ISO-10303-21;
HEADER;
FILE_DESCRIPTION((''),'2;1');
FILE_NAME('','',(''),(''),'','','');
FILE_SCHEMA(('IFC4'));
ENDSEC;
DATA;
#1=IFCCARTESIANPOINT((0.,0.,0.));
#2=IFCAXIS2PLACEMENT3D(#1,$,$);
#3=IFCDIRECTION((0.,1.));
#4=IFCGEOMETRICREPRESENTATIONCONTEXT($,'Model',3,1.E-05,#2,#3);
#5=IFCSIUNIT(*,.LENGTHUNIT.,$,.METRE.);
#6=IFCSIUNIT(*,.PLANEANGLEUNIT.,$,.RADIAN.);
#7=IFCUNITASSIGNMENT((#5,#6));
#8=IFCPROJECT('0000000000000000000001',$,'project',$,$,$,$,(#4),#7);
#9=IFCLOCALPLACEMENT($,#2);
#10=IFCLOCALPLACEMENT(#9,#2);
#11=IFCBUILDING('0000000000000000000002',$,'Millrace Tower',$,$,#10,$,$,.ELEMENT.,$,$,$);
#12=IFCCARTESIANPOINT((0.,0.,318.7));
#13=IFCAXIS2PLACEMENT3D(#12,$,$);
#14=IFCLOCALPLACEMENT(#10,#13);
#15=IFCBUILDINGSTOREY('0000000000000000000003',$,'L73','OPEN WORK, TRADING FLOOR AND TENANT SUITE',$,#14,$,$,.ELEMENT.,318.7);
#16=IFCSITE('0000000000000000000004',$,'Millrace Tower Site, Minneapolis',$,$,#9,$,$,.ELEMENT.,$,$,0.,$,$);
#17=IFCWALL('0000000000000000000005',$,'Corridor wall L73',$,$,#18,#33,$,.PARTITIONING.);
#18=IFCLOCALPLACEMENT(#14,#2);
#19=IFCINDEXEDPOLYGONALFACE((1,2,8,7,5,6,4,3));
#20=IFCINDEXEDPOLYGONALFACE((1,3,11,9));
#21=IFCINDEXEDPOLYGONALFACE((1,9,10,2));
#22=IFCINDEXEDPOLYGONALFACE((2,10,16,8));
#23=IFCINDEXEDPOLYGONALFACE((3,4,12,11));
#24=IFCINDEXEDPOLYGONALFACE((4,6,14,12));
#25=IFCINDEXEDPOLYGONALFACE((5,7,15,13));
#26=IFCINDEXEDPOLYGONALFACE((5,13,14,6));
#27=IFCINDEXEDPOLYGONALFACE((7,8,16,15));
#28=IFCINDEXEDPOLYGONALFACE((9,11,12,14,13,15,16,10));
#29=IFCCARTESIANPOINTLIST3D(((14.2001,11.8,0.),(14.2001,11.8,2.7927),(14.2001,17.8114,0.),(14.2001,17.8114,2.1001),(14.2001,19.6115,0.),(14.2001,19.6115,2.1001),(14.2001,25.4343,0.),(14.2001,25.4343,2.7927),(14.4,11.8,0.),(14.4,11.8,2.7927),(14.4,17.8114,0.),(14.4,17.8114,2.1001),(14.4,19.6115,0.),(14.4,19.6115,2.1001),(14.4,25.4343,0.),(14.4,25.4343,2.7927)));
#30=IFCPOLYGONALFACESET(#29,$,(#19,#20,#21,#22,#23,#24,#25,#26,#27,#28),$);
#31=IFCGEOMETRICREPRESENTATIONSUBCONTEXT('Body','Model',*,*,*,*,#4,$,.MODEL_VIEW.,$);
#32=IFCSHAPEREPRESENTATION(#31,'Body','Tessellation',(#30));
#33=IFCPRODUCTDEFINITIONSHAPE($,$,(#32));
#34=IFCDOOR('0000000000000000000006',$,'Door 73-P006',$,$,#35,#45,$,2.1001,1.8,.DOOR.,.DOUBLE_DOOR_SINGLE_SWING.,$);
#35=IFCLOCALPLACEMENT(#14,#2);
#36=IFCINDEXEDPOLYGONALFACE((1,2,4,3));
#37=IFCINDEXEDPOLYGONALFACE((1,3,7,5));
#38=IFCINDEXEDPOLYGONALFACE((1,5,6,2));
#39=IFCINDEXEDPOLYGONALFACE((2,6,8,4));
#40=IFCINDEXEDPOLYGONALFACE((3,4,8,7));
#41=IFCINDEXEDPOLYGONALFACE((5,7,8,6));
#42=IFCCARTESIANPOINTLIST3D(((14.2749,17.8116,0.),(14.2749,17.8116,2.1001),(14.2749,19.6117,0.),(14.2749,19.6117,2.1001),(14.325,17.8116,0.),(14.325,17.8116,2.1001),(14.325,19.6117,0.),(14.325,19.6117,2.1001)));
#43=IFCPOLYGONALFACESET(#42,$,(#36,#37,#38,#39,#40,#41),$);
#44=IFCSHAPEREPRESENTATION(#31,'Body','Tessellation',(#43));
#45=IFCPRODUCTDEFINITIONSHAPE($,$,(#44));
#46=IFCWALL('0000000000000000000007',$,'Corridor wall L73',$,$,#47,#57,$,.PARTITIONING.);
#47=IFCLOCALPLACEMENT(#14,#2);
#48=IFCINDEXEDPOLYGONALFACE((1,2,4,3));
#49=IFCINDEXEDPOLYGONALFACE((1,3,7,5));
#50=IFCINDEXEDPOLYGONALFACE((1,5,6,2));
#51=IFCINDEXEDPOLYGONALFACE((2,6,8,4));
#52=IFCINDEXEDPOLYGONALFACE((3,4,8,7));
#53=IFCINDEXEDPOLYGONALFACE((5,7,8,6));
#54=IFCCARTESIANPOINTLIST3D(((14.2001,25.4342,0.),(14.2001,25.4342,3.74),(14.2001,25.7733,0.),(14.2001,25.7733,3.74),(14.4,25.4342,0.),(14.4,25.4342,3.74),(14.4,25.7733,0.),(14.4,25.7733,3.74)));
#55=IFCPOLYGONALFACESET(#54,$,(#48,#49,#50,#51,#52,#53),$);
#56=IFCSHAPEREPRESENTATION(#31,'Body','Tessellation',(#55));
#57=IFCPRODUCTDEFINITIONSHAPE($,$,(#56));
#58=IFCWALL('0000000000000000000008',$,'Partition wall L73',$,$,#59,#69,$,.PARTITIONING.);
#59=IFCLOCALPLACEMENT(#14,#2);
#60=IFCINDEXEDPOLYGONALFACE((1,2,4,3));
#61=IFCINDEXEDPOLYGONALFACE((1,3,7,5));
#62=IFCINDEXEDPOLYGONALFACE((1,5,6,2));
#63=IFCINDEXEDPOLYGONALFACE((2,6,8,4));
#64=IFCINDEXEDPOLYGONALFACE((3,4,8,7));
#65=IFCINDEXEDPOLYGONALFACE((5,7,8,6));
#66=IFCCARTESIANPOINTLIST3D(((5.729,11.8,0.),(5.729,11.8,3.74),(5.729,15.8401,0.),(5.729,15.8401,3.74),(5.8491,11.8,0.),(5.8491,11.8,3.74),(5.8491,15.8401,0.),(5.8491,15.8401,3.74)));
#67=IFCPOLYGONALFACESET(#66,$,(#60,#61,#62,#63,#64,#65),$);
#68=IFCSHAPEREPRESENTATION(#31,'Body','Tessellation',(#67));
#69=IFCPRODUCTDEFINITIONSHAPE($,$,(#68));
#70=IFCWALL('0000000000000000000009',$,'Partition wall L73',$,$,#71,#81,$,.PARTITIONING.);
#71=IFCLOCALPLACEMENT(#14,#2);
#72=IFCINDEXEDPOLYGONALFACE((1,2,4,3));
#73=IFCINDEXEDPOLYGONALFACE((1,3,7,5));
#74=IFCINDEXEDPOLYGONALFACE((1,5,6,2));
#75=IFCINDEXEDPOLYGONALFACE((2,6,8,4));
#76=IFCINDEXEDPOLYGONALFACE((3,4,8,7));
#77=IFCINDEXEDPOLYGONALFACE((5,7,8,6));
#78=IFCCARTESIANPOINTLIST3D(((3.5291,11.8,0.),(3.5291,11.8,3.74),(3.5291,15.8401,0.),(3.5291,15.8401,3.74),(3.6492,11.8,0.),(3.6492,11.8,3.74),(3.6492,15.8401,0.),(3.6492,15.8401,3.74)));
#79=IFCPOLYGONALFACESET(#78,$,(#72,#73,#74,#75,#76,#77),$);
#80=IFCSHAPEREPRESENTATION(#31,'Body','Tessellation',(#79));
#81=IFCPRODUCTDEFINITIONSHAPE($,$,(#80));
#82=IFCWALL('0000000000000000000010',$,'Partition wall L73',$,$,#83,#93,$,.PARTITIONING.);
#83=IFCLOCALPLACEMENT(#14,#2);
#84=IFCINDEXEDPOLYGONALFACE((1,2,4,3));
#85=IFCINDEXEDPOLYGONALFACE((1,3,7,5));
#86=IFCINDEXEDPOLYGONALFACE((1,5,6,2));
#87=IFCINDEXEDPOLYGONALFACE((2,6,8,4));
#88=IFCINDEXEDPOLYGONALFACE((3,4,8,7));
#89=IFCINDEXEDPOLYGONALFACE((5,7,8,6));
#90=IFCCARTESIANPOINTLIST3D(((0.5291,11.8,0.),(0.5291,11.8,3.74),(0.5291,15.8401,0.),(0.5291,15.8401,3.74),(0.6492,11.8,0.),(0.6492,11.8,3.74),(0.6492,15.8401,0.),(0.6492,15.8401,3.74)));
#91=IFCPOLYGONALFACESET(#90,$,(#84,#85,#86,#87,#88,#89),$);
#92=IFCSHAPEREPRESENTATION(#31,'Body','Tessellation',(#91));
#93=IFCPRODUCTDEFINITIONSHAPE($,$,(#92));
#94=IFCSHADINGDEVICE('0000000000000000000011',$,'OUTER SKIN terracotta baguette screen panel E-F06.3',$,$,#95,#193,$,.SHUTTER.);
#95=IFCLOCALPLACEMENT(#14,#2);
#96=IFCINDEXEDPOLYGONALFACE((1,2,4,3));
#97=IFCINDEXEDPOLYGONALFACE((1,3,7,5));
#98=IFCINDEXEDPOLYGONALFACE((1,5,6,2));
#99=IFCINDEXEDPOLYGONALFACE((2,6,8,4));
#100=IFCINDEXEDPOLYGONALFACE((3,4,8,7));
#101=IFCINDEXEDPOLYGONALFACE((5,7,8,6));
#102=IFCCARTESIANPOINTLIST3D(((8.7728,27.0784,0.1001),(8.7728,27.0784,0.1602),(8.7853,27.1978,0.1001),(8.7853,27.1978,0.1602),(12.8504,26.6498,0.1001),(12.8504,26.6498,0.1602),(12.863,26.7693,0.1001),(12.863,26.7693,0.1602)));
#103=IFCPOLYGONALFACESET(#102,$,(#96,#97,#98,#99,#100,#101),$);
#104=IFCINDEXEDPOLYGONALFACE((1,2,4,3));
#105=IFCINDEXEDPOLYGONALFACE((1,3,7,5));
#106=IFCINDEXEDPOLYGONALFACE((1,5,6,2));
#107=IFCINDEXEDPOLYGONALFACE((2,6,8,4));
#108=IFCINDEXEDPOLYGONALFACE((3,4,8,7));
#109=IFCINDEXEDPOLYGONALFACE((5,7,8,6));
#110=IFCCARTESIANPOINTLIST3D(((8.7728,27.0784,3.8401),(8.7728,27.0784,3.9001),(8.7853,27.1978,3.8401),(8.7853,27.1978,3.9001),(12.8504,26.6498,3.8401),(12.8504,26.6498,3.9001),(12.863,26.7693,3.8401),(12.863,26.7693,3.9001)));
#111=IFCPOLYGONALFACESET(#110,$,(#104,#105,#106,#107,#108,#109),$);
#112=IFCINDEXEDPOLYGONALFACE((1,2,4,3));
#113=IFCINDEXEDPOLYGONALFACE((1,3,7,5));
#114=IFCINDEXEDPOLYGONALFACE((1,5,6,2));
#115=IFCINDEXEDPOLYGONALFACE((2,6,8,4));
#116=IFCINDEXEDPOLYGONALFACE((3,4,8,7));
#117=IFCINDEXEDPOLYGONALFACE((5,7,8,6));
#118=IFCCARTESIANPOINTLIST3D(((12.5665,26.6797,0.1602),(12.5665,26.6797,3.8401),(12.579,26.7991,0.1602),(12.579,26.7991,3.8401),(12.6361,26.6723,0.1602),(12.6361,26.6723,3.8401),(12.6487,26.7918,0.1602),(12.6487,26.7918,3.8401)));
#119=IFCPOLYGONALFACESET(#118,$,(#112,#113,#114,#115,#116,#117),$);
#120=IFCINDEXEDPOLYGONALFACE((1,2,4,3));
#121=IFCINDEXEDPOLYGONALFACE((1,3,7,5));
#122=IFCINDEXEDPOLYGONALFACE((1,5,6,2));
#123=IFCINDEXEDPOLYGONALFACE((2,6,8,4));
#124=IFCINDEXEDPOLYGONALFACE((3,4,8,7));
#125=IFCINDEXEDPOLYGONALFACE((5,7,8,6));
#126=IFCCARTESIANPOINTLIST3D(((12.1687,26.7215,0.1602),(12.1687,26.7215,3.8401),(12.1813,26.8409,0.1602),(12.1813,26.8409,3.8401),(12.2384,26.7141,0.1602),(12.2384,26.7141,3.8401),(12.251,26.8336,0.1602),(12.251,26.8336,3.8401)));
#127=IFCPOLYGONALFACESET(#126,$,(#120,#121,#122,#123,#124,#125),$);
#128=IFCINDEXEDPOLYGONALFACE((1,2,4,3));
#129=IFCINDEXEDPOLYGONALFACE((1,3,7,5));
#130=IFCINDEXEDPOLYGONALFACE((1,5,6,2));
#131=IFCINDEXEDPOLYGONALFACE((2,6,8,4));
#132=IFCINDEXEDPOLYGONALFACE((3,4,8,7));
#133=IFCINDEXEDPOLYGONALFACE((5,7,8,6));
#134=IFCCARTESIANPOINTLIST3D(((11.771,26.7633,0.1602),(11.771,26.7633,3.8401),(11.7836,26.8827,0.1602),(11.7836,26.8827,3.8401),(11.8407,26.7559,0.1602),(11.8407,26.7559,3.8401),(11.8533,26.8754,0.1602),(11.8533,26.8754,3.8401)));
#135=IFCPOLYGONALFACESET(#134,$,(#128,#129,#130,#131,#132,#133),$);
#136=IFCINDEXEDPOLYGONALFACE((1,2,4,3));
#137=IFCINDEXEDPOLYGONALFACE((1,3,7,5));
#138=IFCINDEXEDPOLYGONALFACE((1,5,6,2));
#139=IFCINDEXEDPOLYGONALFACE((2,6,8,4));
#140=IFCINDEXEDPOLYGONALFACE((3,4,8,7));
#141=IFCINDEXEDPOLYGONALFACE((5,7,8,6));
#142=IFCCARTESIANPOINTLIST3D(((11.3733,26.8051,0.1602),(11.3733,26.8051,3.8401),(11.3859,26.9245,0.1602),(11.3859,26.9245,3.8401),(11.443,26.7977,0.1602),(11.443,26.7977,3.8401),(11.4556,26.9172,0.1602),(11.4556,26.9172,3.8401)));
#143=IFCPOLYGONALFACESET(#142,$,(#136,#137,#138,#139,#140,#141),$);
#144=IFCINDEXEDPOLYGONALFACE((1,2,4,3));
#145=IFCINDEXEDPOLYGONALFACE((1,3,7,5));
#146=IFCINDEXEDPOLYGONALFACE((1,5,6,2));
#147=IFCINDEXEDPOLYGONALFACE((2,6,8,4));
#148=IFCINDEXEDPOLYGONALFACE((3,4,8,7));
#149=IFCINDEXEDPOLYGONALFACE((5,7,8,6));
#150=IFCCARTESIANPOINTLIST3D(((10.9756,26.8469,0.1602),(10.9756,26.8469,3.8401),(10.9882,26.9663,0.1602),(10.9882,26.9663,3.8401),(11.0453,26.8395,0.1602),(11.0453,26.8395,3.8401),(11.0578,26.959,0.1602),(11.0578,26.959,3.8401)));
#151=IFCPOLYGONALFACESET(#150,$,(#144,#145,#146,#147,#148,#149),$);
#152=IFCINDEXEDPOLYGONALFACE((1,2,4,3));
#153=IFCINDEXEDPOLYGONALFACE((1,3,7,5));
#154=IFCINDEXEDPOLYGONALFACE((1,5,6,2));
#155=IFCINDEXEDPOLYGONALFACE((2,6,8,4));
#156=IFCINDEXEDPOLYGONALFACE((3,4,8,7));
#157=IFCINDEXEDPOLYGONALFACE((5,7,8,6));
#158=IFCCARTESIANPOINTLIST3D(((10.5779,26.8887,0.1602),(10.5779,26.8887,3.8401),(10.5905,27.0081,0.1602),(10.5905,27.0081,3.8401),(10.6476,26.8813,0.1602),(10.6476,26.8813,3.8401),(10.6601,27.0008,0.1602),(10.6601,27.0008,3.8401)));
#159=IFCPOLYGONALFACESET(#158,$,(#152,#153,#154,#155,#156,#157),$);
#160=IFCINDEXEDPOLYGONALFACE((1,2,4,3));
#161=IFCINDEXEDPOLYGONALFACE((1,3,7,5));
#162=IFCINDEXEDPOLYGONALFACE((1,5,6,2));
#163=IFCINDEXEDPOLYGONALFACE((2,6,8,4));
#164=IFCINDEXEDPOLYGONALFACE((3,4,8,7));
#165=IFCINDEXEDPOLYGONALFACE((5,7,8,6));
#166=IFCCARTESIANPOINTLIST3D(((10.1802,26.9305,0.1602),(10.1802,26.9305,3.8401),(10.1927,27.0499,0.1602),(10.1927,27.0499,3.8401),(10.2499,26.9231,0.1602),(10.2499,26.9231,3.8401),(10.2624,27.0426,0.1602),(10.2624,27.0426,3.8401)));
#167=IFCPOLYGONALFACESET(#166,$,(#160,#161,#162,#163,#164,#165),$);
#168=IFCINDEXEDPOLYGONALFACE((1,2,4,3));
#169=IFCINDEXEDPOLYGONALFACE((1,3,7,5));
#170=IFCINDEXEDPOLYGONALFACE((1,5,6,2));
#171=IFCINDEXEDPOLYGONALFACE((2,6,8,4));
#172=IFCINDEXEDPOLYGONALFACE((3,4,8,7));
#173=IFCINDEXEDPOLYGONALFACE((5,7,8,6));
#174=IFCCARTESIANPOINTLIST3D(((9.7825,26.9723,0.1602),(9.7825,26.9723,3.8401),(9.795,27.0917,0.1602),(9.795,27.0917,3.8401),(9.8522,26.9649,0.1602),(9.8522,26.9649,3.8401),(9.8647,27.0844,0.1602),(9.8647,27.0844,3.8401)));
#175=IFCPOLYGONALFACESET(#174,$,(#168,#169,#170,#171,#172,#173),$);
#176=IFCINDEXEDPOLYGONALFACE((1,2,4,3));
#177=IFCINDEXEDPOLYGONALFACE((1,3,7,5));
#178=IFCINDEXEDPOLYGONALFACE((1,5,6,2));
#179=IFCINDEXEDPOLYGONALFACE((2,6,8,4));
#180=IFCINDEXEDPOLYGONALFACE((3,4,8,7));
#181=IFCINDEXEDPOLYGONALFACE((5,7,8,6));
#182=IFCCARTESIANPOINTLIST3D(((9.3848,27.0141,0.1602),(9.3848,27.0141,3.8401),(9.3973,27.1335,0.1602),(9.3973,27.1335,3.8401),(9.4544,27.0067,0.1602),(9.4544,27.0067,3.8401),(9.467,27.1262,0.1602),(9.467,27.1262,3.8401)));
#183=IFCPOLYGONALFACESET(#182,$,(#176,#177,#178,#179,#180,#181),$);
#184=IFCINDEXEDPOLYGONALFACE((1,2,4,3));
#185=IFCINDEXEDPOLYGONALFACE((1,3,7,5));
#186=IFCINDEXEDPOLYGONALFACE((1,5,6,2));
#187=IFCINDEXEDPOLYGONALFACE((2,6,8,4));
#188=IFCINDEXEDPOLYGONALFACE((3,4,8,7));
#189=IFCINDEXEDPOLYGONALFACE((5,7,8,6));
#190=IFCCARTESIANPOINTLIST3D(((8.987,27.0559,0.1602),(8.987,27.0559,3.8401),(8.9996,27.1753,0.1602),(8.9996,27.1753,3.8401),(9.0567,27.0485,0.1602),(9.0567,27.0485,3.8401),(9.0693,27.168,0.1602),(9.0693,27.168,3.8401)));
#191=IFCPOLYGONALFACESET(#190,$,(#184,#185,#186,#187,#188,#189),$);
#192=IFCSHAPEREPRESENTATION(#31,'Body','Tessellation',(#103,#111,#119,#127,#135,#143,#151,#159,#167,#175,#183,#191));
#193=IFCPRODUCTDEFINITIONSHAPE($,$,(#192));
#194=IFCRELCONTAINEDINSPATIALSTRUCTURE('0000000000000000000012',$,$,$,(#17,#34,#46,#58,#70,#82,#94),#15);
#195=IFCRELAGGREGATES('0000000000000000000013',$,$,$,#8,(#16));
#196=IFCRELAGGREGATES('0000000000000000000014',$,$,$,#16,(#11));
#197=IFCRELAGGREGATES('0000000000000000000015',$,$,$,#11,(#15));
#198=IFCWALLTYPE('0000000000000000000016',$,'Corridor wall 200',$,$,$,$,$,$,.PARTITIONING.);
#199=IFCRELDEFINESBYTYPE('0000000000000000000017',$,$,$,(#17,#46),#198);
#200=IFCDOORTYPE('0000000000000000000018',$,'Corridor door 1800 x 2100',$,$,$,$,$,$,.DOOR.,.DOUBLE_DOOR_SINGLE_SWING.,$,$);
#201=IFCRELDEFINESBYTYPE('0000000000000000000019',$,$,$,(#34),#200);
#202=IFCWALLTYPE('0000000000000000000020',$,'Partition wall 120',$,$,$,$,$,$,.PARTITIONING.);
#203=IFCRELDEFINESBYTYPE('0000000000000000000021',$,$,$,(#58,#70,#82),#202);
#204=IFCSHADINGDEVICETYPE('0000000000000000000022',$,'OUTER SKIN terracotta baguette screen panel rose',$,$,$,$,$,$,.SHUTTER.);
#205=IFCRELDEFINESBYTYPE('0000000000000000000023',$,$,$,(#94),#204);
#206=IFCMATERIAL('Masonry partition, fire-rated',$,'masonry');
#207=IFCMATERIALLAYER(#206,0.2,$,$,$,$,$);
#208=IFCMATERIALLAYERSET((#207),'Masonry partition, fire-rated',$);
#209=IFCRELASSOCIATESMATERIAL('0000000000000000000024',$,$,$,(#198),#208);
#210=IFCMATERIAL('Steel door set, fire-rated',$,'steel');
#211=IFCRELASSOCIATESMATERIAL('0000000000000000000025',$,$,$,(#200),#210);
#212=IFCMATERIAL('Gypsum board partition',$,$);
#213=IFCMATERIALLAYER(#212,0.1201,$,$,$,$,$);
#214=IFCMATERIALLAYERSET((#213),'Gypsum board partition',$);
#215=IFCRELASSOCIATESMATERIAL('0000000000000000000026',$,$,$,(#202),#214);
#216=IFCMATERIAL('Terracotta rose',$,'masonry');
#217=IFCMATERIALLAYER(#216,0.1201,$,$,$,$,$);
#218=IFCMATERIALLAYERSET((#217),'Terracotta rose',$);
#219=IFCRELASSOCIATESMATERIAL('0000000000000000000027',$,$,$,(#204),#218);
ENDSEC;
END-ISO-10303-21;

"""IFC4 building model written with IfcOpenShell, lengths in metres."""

from ifc_helpers import new_model, entity, si_unit, direction, frame, frame_2d, origin, place, context, subcontext, project, spatial, rectangle, extrude, source, transform, mapped, material, layer, layer_set, type_object, element, fill, save


model = new_model("IFC4")

# Units and contexts
model_context = context("Model", 3, precision=1e-05, world=origin(), true_north=direction((0.0, 1.0)))
body_context = subcontext(model_context, "Body", "Model", "MODEL_VIEW")
ifc_project = project(units=[si_unit("LENGTHUNIT", "METRE"), si_unit("PLANEANGLEUNIT", "RADIAN")], contexts=[model_context])

# Site, building, storey
site_placement = place(None, origin())
site = spatial("IfcSite", under=ifc_project, at=site_placement, Name="Millrace Tower Site, Minneapolis", CompositionType="ELEMENT", RefElevation=0.0)
building_placement = place(site_placement, origin())
building = spatial("IfcBuilding", under=site, at=building_placement, Name="Millrace Tower", CompositionType="ELEMENT")
storey_placement = place(building_placement, frame((0.0, 0.0, 318.7)))
storey = spatial("IfcBuildingStorey", under=building, at=storey_placement, Name="L73", Description="OPEN WORK, TRADING FLOOR AND TENANT SUITE", CompositionType="ELEMENT", Elevation=318.7)

# Shared definitions
ifc_material_1 = material(Name="Masonry partition, fire-rated", Category="masonry")
ifc_layer_1 = layer(ifc_material_1, 0.2)
ifc_layer_set_1 = layer_set([ifc_layer_1], Name="Masonry partition, fire-rated")
wall_type_1 = type_object("IfcWallType", Name="Corridor wall 200", PredefinedType="PARTITIONING", material=ifc_layer_set_1)

# Wall, opening, door
wall_1_placement = place(storey_placement, frame((14.3, 11.8, 0.0), z_axis=(0.0, 0.0, 1.0), x_axis=(0.0, 1.0, 0.0)))
wall_1 = element("IfcWall", 1, at=wall_1_placement, inside=storey, type_object=wall_type_1, Name="Corridor wall L73", PredefinedType="PARTITIONING", context=body_context, shape_type="SweptSolid", body=[
    extrude(rectangle(XDim=13.6343, YDim=0.2, at=frame_2d((6.8171, 0.0))), origin(), (0.0, 0.0, 1.0), 2.7927),
])
opening_placement = place(wall_1_placement, frame((6.0115, 0.0, 0.0)))
opening = element("IfcOpeningElement", 2, at=opening_placement, cuts=wall_1, PredefinedType="OPENING", context=body_context, shape_type="SweptSolid", body=[
    extrude(rectangle(XDim=1.8, YDim=2.1001, at=frame_2d((0.8999, 1.05))), frame((0.0, 0.1099, 0.0), z_axis=(0.0, -1.0, 0.0), x_axis=(1.0, 0.0, 0.0)), (0.0, 0.0, 1.0), 0.22),
])
ifc_material_2 = material(Name="Steel door set, fire-rated", Category="steel")
door_type = type_object("IfcDoorType", Name="Corridor door 1800 x 2100", OperationType="DOUBLE_DOOR_SINGLE_SWING", PredefinedType="DOOR", material=ifc_material_2)
door_placement = place(opening_placement, frame((1.8, 0.0, 0.0), z_axis=(0.0, 0.0, 1.0), x_axis=(-1.0, 0.0, 0.0)))
door = element("IfcDoor", 3, at=door_placement, inside=storey, type_object=door_type, Name="Door 73-P006", OperationType="DOUBLE_DOOR_SINGLE_SWING", OverallHeight=2.1001, OverallWidth=1.8, PredefinedType="DOOR", context=body_context, shape_type="SweptSolid", body=[
    extrude(rectangle(XDim=1.8, YDim=2.1001, at=frame_2d((0.8999, 1.05))), frame((0.0, 0.0249, 0.0), z_axis=(0.0, -1.0, 0.0), x_axis=(1.0, 0.0, 0.0)), (0.0, 0.0, 1.0), 0.05),
])
fill(opening, door)

# Walls
wall_2_placement = place(storey_placement, frame((14.3, 25.4343, 0.0), z_axis=(0.0, 0.0, 1.0), x_axis=(0.0, 1.0, 0.0)))
element("IfcWall", 4, at=wall_2_placement, inside=storey, type_object=wall_type_1, Name="Corridor wall L73", PredefinedType="PARTITIONING", context=body_context, shape_type="SweptSolid", body=[
    extrude(rectangle(XDim=0.3391, YDim=0.2, at=frame_2d((0.1694, 0.0))), origin(), (0.0, 0.0, 1.0), 3.74),
])
ifc_material_3 = material(Name="Gypsum board partition")
ifc_layer_2 = layer(ifc_material_3, 0.1201)
ifc_layer_set_2 = layer_set([ifc_layer_2], Name="Gypsum board partition")
wall_type_2 = type_object("IfcWallType", Name="Partition wall 120", PredefinedType="PARTITIONING", material=ifc_layer_set_2)
for number, where, z_axis, x_axis, name in (
    (5, (5.7891, 11.8, 0.0), (0.0, 0.0, 1.0), (0.0, 1.0, 0.0), "Partition wall L73"),
    (6, (3.5891, 11.8, 0.0), (0.0, 0.0, 1.0), (0.0, 1.0, 0.0), "Partition wall L73"),
    (7, (0.5891, 11.8, 0.0), (0.0, 0.0, 1.0), (0.0, 1.0, 0.0), "Partition wall L73"),
):
    element("IfcWall", number, at=place(storey_placement, frame(where, z_axis=z_axis, x_axis=x_axis)), inside=storey, type_object=wall_type_2, Name=name, PredefinedType="PARTITIONING", context=body_context, shape_type="SweptSolid", body=[
        extrude(rectangle(XDim=4.04, YDim=0.1201, at=frame_2d((2.02, 0.0))), origin(), (0.0, 0.0, 1.0), 3.74),
    ])

# Shading device
ifc_material_4 = material(Name="Terracotta rose", Category="masonry")
ifc_layer_3 = layer(ifc_material_4, 0.1201)
ifc_layer_set_3 = layer_set([ifc_layer_3], Name="Terracotta rose")
shading_device_type = type_object("IfcShadingDeviceType", Name="OUTER SKIN terracotta baguette screen panel rose", PredefinedType="SHUTTER", material=ifc_layer_set_3)
cartesian_point = entity("IfcCartesianPoint", [-2.05, 0.0601])
shared_polyline = entity("IfcPolyline", [cartesian_point, entity("IfcCartesianPoint", [2.05, 0.0601]), entity("IfcCartesianPoint", [2.05, -0.0601]), entity("IfcCartesianPoint", [-2.05, -0.0601]), cartesian_point])
shared_shape = source(origin(), body_context, "Body", "SweptSolid", [
    entity("IfcExtrudedAreaSolid", entity("IfcArbitraryClosedProfileDef", "AREA", None, shared_polyline), entity("IfcAxis2Placement3D", entity("IfcCartesianPoint", [0.0, 0.0, 0.0])), entity("IfcDirection", [0.0, 0.0, 1.0]), 0.0601),
    entity("IfcExtrudedAreaSolid", entity("IfcArbitraryClosedProfileDef", "AREA", None, shared_polyline), entity("IfcAxis2Placement3D", entity("IfcCartesianPoint", [0.0, 0.0, 3.74])), entity("IfcDirection", [0.0, 0.0, 1.0]), 0.0601),
    extrude(rectangle(XDim=0.0701, YDim=0.1201, at=frame_2d((-1.7996, 0.0))), frame((0.0, 0.0, 0.0601)), (0.0, 0.0, 1.0), 3.6799),
    extrude(rectangle(XDim=0.0701, YDim=0.1201, at=frame_2d((-1.3997, 0.0))), frame((0.0, 0.0, 0.0601)), (0.0, 0.0, 1.0), 3.6799),
    extrude(rectangle(XDim=0.0701, YDim=0.1201, at=frame_2d((-0.9998, 0.0))), frame((0.0, 0.0, 0.0601)), (0.0, 0.0, 1.0), 3.6799),
    extrude(rectangle(XDim=0.0701, YDim=0.1201, at=frame_2d((-0.5999, 0.0))), frame((0.0, 0.0, 0.0601)), (0.0, 0.0, 1.0), 3.6799),
    extrude(rectangle(XDim=0.0701, YDim=0.1201, at=frame_2d((-0.2, 0.0))), frame((0.0, 0.0, 0.0601)), (0.0, 0.0, 1.0), 3.6799),
    extrude(rectangle(XDim=0.0701, YDim=0.1201, at=frame_2d((0.2, 0.0))), frame((0.0, 0.0, 0.0601)), (0.0, 0.0, 1.0), 3.6799),
    extrude(rectangle(XDim=0.0701, YDim=0.1201, at=frame_2d((0.5999, 0.0))), frame((0.0, 0.0, 0.0601)), (0.0, 0.0, 1.0), 3.6799),
    extrude(rectangle(XDim=0.0701, YDim=0.1201, at=frame_2d((0.9998, 0.0))), frame((0.0, 0.0, 0.0601)), (0.0, 0.0, 1.0), 3.6799),
    extrude(rectangle(XDim=0.0701, YDim=0.1201, at=frame_2d((1.3997, 0.0))), frame((0.0, 0.0, 0.0601)), (0.0, 0.0, 1.0), 3.6799),
    extrude(rectangle(XDim=0.0701, YDim=0.1201, at=frame_2d((1.7996, 0.0))), frame((0.0, 0.0, 0.0601)), (0.0, 0.0, 1.0), 3.6799),
])
for number, where, z_axis, x_axis, name in (
    (8, (10.8179, 26.9238, 0.1001), (0.0, 0.0, 1.0), (-0.994522, 0.104528, 0.0), "OUTER SKIN terracotta baguette screen panel E-F06.3"),
):
    element("IfcShadingDevice", number, at=place(storey_placement, frame(where, z_axis=z_axis, x_axis=x_axis)), inside=storey, type_object=shading_device_type, Name=name, PredefinedType="SHUTTER", context=body_context, shape_type="MappedRepresentation", body=[
        mapped(shared_shape, transform((0.0, 0.0, 0.0), scale=1.0)),
    ])

save(model, "model.ifc")
